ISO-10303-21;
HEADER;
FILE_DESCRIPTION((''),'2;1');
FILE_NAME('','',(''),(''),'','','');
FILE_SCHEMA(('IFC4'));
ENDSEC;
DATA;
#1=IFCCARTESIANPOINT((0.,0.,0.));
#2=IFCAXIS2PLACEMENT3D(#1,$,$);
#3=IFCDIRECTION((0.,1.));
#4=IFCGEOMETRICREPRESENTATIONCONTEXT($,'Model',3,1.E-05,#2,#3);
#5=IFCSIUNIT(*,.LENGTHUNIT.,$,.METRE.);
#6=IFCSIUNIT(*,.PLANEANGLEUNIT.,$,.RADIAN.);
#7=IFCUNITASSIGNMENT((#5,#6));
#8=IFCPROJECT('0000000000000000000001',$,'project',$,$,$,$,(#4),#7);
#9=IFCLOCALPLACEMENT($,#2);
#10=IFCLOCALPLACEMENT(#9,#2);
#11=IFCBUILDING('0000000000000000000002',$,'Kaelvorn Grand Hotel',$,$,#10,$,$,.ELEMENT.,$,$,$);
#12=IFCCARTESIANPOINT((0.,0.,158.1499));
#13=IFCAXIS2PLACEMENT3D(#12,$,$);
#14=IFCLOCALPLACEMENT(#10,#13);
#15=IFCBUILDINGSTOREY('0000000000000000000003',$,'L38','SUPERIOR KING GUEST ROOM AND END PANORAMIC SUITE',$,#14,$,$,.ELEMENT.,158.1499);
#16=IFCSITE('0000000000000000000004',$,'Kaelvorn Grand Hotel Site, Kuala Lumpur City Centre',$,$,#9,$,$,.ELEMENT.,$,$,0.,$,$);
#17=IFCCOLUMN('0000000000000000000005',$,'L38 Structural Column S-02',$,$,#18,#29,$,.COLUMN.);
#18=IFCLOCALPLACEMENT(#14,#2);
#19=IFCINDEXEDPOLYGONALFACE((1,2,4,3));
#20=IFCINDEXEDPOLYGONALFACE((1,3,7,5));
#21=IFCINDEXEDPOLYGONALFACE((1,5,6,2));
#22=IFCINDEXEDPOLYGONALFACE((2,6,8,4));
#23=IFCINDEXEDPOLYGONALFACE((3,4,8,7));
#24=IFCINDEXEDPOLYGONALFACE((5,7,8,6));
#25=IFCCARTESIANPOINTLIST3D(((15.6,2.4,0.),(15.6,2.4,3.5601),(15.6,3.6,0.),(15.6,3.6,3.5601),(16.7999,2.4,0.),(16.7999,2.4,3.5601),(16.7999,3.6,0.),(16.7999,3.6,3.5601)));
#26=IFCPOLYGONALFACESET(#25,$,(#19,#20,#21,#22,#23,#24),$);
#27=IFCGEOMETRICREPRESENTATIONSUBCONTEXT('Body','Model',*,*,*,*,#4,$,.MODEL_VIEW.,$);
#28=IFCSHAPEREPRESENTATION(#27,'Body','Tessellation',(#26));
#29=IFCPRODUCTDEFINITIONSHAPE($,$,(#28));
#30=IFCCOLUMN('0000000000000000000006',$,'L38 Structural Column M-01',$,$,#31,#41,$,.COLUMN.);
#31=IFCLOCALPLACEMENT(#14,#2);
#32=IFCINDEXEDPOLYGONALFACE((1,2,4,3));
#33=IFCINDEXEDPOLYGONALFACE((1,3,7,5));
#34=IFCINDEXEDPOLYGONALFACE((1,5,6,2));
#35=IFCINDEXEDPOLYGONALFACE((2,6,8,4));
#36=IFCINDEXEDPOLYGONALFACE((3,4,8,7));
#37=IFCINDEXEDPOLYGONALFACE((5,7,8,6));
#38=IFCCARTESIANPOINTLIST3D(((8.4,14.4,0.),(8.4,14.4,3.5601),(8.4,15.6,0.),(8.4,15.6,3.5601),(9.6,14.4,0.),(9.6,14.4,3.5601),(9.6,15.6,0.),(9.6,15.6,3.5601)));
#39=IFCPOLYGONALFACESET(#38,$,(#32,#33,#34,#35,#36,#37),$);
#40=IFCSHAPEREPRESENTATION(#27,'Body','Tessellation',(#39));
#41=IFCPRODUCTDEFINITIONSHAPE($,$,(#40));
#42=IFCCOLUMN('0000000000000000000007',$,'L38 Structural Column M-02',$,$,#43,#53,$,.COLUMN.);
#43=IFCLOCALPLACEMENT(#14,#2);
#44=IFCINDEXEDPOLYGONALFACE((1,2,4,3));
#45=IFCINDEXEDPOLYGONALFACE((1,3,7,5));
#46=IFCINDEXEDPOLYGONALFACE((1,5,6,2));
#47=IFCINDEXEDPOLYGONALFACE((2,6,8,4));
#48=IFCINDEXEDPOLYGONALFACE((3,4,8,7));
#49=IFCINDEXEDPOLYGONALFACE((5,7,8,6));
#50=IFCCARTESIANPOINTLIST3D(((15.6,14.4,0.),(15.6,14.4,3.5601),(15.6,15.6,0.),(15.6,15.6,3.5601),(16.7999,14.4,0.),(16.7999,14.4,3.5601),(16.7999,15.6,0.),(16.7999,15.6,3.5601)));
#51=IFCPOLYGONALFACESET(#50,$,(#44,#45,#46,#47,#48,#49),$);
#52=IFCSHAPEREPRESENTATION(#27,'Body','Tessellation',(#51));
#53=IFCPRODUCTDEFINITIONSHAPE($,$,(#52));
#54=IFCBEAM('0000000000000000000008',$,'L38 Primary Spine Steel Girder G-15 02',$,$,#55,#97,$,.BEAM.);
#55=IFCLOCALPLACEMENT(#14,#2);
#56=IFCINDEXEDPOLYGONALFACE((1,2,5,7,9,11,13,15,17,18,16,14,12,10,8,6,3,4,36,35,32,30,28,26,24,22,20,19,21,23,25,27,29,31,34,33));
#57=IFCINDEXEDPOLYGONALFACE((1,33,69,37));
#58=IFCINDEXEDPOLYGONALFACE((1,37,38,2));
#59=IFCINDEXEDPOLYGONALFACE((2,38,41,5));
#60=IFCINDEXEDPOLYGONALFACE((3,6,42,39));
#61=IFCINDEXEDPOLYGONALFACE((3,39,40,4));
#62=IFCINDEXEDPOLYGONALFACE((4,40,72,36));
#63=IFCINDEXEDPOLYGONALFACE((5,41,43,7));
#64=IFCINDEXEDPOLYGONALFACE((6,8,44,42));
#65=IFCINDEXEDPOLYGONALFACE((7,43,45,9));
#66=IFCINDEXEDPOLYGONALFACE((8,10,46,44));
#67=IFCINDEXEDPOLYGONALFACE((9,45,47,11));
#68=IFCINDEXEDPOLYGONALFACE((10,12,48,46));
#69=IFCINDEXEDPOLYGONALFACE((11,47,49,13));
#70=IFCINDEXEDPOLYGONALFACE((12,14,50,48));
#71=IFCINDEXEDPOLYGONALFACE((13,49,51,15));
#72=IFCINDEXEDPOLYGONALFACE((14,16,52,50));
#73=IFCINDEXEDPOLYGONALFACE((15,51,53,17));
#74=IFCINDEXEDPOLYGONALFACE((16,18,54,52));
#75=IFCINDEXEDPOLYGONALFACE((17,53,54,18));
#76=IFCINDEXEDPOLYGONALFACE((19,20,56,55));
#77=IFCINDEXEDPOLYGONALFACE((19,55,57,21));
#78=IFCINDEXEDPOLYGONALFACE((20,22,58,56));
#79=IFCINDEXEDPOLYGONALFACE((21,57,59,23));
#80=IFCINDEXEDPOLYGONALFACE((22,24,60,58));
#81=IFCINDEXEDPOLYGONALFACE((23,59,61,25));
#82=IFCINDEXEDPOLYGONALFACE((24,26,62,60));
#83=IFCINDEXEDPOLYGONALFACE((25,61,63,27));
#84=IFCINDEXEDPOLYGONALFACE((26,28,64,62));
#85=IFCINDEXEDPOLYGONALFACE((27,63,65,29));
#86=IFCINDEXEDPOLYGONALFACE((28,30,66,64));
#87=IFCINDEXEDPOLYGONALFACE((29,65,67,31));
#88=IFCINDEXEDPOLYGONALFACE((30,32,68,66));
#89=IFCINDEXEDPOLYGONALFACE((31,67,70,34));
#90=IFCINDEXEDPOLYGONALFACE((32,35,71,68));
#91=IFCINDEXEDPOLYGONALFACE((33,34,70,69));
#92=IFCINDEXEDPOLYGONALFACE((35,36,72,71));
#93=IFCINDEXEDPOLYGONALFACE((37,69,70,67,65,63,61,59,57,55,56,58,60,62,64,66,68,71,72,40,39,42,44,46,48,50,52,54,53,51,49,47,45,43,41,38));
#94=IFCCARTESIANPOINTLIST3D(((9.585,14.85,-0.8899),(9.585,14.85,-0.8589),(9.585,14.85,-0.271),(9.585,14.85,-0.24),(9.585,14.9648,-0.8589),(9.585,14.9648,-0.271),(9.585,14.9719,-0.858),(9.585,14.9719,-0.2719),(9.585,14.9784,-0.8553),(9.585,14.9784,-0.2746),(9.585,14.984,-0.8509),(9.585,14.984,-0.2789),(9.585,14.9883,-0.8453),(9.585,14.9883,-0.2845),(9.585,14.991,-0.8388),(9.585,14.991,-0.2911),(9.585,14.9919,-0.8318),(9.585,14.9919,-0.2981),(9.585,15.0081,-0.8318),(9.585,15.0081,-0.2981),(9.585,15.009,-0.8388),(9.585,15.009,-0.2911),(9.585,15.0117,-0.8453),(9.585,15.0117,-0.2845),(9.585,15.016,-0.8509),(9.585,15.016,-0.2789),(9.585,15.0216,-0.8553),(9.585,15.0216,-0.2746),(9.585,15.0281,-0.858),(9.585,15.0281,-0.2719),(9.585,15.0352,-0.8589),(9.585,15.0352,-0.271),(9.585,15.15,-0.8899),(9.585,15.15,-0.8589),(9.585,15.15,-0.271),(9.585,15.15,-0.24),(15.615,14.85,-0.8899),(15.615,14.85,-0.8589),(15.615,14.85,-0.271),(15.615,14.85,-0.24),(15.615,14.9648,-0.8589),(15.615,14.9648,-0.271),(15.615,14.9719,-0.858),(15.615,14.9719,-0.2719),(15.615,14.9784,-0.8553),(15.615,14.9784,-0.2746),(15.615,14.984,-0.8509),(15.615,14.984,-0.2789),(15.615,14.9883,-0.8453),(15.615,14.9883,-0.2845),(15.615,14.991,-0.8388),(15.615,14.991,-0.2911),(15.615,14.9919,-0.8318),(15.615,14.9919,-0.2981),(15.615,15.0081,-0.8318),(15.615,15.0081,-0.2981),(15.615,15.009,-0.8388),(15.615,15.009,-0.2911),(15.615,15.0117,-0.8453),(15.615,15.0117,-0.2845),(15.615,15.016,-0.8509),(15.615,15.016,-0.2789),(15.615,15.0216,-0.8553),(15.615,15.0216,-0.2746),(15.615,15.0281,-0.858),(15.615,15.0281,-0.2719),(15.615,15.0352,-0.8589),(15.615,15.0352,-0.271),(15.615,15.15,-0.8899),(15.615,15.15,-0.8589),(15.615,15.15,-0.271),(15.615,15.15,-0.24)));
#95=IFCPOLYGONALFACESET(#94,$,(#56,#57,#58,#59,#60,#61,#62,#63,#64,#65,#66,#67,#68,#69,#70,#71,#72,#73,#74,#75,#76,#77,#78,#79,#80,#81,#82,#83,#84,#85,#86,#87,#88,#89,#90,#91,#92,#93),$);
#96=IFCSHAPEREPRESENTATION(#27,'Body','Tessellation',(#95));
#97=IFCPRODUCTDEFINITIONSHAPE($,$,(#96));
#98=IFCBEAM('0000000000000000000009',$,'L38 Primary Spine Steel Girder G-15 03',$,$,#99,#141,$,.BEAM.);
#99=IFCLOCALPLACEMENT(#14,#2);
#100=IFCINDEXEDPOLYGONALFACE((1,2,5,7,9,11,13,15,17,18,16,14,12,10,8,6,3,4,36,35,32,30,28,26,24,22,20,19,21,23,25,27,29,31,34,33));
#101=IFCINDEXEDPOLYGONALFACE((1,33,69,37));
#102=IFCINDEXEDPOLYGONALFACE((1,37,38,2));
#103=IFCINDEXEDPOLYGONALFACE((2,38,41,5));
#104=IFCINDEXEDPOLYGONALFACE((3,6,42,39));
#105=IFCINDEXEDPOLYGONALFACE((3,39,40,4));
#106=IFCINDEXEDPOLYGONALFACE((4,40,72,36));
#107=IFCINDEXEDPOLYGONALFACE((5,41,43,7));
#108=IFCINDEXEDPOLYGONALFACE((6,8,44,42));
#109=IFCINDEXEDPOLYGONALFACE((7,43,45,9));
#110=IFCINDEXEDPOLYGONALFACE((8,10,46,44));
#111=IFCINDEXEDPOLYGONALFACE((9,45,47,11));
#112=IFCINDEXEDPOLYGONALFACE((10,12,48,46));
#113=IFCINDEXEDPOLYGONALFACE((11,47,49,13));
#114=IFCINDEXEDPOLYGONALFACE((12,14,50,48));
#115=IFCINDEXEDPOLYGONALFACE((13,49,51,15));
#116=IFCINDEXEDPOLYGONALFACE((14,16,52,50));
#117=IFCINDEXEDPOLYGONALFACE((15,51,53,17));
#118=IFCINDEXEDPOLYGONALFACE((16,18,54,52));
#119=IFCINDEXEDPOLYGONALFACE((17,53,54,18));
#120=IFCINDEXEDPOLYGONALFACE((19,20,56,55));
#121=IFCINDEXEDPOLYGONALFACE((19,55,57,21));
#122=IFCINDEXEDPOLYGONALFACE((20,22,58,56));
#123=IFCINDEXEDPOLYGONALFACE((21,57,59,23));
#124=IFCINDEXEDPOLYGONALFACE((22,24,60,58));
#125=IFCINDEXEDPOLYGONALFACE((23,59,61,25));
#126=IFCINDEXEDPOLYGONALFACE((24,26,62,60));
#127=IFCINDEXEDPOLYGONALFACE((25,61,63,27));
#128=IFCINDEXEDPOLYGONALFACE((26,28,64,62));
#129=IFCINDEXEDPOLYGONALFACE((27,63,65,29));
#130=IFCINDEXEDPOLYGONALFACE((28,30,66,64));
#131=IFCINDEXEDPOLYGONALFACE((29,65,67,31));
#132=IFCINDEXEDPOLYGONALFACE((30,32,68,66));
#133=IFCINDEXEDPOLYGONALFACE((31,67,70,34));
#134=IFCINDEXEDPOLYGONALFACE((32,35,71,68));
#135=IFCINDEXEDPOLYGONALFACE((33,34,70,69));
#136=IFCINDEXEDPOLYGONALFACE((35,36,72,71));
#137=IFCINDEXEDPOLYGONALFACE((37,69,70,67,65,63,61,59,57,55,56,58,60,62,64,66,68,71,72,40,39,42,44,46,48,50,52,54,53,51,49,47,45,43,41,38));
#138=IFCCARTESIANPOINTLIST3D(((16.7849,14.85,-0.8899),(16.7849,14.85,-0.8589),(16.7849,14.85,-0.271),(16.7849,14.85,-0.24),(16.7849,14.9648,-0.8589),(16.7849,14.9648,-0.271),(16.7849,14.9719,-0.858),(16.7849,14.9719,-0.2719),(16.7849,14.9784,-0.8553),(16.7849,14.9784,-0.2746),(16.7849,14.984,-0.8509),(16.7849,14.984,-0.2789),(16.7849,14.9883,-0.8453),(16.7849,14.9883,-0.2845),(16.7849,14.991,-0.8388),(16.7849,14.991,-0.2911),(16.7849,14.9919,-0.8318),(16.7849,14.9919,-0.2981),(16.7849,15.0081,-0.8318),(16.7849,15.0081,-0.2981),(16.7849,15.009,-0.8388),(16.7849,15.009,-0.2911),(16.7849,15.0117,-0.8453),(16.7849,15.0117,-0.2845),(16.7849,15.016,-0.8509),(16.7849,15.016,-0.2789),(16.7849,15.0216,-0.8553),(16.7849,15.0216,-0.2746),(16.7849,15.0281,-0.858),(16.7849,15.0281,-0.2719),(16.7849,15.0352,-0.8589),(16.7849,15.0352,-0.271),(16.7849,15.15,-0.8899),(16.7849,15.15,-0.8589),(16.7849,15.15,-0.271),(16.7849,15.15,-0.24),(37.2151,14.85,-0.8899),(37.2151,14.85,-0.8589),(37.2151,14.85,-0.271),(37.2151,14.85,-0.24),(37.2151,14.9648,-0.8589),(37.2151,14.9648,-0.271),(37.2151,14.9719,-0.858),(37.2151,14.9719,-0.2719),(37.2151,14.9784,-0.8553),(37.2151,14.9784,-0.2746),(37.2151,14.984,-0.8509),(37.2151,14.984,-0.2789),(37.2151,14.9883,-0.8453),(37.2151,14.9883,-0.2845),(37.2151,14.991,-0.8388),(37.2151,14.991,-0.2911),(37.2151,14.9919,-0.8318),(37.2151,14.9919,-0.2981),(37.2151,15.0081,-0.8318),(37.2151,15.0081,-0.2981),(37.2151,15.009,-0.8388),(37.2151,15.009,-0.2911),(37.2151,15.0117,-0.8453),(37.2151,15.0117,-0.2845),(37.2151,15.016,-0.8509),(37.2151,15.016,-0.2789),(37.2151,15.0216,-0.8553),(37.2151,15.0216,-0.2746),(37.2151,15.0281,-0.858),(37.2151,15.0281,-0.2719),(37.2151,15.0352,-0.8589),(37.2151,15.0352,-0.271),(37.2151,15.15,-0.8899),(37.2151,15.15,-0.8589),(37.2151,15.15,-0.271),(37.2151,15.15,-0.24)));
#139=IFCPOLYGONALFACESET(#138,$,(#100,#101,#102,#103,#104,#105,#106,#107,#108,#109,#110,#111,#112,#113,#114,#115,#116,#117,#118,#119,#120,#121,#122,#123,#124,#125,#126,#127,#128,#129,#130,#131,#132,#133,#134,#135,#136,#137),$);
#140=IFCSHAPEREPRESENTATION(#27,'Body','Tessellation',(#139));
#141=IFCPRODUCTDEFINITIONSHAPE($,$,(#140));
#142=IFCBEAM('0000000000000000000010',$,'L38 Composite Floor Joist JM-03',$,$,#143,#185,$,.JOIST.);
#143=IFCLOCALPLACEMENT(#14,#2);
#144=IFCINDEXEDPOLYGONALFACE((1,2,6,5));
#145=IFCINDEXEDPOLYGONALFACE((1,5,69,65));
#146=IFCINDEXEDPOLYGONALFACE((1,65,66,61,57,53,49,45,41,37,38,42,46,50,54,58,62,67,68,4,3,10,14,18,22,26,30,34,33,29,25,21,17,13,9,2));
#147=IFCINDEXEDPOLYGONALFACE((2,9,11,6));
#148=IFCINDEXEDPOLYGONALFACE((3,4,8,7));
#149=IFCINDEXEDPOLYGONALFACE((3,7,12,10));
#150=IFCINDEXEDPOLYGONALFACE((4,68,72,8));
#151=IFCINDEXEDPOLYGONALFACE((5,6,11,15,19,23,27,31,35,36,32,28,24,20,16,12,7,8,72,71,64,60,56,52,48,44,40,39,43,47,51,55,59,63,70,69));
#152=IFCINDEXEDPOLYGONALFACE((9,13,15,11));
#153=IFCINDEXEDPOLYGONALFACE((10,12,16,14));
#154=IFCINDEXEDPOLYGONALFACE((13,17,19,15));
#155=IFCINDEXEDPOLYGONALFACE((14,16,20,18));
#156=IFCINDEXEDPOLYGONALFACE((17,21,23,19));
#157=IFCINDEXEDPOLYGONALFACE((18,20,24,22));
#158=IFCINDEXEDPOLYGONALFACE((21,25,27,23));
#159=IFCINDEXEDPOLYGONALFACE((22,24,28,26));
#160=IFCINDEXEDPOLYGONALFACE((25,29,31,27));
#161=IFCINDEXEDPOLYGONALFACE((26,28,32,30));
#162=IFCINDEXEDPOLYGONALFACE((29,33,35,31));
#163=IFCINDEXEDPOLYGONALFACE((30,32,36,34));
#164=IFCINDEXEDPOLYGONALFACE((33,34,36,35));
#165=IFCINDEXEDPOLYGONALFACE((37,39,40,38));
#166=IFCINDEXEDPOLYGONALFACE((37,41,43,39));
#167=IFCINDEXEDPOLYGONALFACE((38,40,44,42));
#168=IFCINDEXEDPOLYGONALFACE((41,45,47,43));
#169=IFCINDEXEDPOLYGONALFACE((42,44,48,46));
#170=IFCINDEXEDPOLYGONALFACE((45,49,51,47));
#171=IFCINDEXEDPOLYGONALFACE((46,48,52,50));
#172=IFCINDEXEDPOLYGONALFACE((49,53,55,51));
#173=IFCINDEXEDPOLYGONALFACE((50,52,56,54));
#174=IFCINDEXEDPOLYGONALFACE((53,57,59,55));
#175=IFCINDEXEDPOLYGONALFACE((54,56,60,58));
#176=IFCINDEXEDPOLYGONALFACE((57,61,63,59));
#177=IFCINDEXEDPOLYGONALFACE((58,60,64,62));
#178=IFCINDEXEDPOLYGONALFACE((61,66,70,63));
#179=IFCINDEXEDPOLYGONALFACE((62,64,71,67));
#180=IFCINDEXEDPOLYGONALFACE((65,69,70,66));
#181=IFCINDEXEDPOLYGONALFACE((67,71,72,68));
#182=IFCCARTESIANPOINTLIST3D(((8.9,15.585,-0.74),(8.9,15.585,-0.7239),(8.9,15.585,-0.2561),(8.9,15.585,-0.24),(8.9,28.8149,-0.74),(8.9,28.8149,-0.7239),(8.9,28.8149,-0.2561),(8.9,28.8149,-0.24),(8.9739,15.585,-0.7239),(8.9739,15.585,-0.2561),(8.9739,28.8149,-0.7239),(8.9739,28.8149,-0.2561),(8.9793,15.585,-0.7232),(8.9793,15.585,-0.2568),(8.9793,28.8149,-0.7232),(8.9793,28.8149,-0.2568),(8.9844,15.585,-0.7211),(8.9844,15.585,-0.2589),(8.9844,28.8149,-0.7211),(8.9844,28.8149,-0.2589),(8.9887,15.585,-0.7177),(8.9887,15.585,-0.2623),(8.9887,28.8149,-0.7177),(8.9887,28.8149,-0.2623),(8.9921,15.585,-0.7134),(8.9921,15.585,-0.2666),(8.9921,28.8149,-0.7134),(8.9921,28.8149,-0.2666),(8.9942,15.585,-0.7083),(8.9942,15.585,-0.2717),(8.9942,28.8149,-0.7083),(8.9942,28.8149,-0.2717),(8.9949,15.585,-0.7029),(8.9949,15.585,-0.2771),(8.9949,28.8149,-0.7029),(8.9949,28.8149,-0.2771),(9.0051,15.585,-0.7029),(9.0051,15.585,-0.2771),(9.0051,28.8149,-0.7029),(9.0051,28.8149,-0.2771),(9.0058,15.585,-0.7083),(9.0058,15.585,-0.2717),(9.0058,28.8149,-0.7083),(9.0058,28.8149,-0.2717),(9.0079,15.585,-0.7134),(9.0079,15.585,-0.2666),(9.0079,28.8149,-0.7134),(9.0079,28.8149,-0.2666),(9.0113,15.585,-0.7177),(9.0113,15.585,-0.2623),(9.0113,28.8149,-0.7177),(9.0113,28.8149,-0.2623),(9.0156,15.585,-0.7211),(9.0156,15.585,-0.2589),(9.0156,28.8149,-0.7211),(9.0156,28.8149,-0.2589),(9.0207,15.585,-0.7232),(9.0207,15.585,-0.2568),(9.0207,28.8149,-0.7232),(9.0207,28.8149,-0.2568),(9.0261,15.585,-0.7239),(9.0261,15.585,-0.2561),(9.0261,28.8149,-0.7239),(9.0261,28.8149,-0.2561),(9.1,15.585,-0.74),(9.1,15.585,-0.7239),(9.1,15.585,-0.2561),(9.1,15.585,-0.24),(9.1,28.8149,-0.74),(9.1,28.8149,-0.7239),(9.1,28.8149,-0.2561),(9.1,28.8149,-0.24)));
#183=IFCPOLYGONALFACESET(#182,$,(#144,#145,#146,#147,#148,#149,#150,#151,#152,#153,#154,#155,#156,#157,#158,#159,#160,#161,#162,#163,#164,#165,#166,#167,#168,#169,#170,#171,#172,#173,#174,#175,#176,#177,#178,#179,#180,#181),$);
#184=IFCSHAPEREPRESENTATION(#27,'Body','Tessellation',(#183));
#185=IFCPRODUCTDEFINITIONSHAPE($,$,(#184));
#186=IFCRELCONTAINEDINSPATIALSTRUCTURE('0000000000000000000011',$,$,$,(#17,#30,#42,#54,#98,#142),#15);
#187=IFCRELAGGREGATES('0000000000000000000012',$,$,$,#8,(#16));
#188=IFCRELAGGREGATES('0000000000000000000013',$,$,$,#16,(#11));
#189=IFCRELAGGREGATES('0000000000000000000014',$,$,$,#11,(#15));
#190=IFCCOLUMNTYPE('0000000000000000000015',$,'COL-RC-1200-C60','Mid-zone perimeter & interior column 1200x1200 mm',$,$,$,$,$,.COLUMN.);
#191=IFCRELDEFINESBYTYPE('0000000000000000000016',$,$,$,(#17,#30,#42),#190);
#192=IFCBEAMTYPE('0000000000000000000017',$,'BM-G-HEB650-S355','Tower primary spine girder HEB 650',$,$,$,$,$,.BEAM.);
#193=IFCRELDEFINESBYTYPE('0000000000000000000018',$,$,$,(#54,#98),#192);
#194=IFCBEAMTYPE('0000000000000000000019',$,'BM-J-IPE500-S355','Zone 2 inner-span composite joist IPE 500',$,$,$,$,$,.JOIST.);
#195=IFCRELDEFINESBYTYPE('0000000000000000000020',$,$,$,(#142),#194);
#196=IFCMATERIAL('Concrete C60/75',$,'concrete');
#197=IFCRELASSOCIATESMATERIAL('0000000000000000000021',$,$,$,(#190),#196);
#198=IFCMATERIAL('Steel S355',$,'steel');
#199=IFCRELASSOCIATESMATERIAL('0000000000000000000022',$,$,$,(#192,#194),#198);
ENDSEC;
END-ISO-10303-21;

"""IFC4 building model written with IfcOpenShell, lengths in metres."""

from ifc_helpers import new_model, si_unit, direction, frame, origin, origin_2d, place, context, subcontext, project, spatial, rectangle, i_section, extrude, material, material_profile, profile_set, type_object, element, save


model = new_model("IFC4")

# Units and contexts
model_context = context("Model", 3, precision=1e-05, world=origin(), true_north=direction((0.0, 1.0)))
body_context = subcontext(model_context, "Body", "Model", "MODEL_VIEW")
ifc_project = project(units=[si_unit("LENGTHUNIT", "METRE"), si_unit("PLANEANGLEUNIT", "RADIAN")], contexts=[model_context])

# Site, building, storey
site_placement = place(None, origin())
site = spatial("IfcSite", under=ifc_project, at=site_placement, Name="Kaelvorn Grand Hotel Site, Kuala Lumpur City Centre", CompositionType="ELEMENT", RefElevation=0.0)
building_placement = place(site_placement, origin())
building = spatial("IfcBuilding", under=site, at=building_placement, Name="Kaelvorn Grand Hotel", CompositionType="ELEMENT")
storey_placement = place(building_placement, frame((0.0, 0.0, 158.1499)))
storey = spatial("IfcBuildingStorey", under=building, at=storey_placement, Name="L38", Description="SUPERIOR KING GUEST ROOM AND END PANORAMIC SUITE", CompositionType="ELEMENT", Elevation=158.1499)

# Columns
ifc_material_1 = material(Name="Concrete C60/75", Category="concrete")
ifc_material_profile_1 = material_profile(ifc_material_1, rectangle(XDim=1.2, YDim=1.2, at=origin_2d()), Name="RC COL 1200x1200")
ifc_profile_set_1 = profile_set([ifc_material_profile_1], Name="Concrete C60/75")
column_type = type_object("IfcColumnType", Name="COL-RC-1200-C60", Description="Mid-zone perimeter & interior column 1200x1200 mm", PredefinedType="COLUMN", material=ifc_profile_set_1)
for number, where, z_axis, x_axis, name in (
    (1, (16.2, 3.0, 0.0), (0.0, 0.0, 1.0), (1.0, 0.0, 0.0), "L38 Structural Column S-02"),
    (2, (9.0, 15.0, 0.0), (0.0, 0.0, 1.0), (1.0, 0.0, 0.0), "L38 Structural Column M-01"),
    (3, (16.2, 15.0, 0.0), (0.0, 0.0, 1.0), (1.0, 0.0, 0.0), "L38 Structural Column M-02"),
):
    element("IfcColumn", number, at=place(storey_placement, frame(where, z_axis=z_axis, x_axis=x_axis)), inside=storey, type_object=column_type, Name=name, PredefinedType="COLUMN", context=body_context, shape_type="SweptSolid", body=[
        extrude(rectangle(XDim=1.2, YDim=1.2, at=origin_2d()), origin(), (0.0, 0.0, 1.0), 3.5601),
    ])

# Beams
ifc_material_2 = material(Name="Steel S355", Category="steel")
ifc_material_profile_2 = material_profile(ifc_material_2, i_section(OverallWidth=0.3, OverallDepth=0.6499, WebThickness=0.0161, FlangeThickness=0.031, FilletRadius=0.0271, at=origin_2d()), Name="HEB 650")
ifc_profile_set_2 = profile_set([ifc_material_profile_2], Name="Steel S355")
beam_type_1 = type_object("IfcBeamType", Name="BM-G-HEB650-S355", Description="Tower primary spine girder HEB 650", PredefinedType="BEAM", material=ifc_profile_set_2)
beam_1_placement = place(storey_placement, frame((9.585, 15.0, -0.5649), z_axis=(1.0, 0.0, 0.0), x_axis=(0.0, 1.0, 0.0)))
element("IfcBeam", 4, at=beam_1_placement, inside=storey, type_object=beam_type_1, Name="L38 Primary Spine Steel Girder G-15 02", PredefinedType="BEAM", context=body_context, shape_type="SweptSolid", body=[
    extrude(i_section(OverallWidth=0.3, OverallDepth=0.6499, WebThickness=0.0161, FlangeThickness=0.031, FilletRadius=0.0271, at=origin_2d()), origin(), (0.0, 0.0, 1.0), 6.03),
])
beam_2_placement = place(storey_placement, frame((16.7849, 15.0, -0.5649), z_axis=(1.0, 0.0, 0.0), x_axis=(0.0, 1.0, 0.0)))
element("IfcBeam", 5, at=beam_2_placement, inside=storey, type_object=beam_type_1, Name="L38 Primary Spine Steel Girder G-15 03", PredefinedType="BEAM", context=body_context, shape_type="SweptSolid", body=[
    extrude(i_section(OverallWidth=0.3, OverallDepth=0.6499, WebThickness=0.0161, FlangeThickness=0.031, FilletRadius=0.0271, at=origin_2d()), origin(), (0.0, 0.0, 1.0), 20.4302),
])
ifc_material_profile_3 = material_profile(ifc_material_2, i_section(OverallWidth=0.2, OverallDepth=0.5, WebThickness=0.0103, FlangeThickness=0.0161, FilletRadius=0.021, at=origin_2d()), Name="IPE 500")
ifc_profile_set_3 = profile_set([ifc_material_profile_3], Name="Steel S355")
beam_type_2 = type_object("IfcBeamType", Name="BM-J-IPE500-S355", Description="Zone 2 inner-span composite joist IPE 500", PredefinedType="JOIST", material=ifc_profile_set_3)
beam_3_placement = place(storey_placement, frame((9.0, 15.585, -0.49), z_axis=(0.0, 1.0, 0.0), x_axis=(-1.0, 0.0, 0.0)))
element("IfcBeam", 6, at=beam_3_placement, inside=storey, type_object=beam_type_2, Name="L38 Composite Floor Joist JM-03", PredefinedType="JOIST", context=body_context, shape_type="SweptSolid", body=[
    extrude(i_section(OverallWidth=0.2, OverallDepth=0.5, WebThickness=0.0103, FlangeThickness=0.0161, FilletRadius=0.021, at=origin_2d()), origin(), (0.0, 0.0, 1.0), 13.23),
])

save(model, "model.ifc")
